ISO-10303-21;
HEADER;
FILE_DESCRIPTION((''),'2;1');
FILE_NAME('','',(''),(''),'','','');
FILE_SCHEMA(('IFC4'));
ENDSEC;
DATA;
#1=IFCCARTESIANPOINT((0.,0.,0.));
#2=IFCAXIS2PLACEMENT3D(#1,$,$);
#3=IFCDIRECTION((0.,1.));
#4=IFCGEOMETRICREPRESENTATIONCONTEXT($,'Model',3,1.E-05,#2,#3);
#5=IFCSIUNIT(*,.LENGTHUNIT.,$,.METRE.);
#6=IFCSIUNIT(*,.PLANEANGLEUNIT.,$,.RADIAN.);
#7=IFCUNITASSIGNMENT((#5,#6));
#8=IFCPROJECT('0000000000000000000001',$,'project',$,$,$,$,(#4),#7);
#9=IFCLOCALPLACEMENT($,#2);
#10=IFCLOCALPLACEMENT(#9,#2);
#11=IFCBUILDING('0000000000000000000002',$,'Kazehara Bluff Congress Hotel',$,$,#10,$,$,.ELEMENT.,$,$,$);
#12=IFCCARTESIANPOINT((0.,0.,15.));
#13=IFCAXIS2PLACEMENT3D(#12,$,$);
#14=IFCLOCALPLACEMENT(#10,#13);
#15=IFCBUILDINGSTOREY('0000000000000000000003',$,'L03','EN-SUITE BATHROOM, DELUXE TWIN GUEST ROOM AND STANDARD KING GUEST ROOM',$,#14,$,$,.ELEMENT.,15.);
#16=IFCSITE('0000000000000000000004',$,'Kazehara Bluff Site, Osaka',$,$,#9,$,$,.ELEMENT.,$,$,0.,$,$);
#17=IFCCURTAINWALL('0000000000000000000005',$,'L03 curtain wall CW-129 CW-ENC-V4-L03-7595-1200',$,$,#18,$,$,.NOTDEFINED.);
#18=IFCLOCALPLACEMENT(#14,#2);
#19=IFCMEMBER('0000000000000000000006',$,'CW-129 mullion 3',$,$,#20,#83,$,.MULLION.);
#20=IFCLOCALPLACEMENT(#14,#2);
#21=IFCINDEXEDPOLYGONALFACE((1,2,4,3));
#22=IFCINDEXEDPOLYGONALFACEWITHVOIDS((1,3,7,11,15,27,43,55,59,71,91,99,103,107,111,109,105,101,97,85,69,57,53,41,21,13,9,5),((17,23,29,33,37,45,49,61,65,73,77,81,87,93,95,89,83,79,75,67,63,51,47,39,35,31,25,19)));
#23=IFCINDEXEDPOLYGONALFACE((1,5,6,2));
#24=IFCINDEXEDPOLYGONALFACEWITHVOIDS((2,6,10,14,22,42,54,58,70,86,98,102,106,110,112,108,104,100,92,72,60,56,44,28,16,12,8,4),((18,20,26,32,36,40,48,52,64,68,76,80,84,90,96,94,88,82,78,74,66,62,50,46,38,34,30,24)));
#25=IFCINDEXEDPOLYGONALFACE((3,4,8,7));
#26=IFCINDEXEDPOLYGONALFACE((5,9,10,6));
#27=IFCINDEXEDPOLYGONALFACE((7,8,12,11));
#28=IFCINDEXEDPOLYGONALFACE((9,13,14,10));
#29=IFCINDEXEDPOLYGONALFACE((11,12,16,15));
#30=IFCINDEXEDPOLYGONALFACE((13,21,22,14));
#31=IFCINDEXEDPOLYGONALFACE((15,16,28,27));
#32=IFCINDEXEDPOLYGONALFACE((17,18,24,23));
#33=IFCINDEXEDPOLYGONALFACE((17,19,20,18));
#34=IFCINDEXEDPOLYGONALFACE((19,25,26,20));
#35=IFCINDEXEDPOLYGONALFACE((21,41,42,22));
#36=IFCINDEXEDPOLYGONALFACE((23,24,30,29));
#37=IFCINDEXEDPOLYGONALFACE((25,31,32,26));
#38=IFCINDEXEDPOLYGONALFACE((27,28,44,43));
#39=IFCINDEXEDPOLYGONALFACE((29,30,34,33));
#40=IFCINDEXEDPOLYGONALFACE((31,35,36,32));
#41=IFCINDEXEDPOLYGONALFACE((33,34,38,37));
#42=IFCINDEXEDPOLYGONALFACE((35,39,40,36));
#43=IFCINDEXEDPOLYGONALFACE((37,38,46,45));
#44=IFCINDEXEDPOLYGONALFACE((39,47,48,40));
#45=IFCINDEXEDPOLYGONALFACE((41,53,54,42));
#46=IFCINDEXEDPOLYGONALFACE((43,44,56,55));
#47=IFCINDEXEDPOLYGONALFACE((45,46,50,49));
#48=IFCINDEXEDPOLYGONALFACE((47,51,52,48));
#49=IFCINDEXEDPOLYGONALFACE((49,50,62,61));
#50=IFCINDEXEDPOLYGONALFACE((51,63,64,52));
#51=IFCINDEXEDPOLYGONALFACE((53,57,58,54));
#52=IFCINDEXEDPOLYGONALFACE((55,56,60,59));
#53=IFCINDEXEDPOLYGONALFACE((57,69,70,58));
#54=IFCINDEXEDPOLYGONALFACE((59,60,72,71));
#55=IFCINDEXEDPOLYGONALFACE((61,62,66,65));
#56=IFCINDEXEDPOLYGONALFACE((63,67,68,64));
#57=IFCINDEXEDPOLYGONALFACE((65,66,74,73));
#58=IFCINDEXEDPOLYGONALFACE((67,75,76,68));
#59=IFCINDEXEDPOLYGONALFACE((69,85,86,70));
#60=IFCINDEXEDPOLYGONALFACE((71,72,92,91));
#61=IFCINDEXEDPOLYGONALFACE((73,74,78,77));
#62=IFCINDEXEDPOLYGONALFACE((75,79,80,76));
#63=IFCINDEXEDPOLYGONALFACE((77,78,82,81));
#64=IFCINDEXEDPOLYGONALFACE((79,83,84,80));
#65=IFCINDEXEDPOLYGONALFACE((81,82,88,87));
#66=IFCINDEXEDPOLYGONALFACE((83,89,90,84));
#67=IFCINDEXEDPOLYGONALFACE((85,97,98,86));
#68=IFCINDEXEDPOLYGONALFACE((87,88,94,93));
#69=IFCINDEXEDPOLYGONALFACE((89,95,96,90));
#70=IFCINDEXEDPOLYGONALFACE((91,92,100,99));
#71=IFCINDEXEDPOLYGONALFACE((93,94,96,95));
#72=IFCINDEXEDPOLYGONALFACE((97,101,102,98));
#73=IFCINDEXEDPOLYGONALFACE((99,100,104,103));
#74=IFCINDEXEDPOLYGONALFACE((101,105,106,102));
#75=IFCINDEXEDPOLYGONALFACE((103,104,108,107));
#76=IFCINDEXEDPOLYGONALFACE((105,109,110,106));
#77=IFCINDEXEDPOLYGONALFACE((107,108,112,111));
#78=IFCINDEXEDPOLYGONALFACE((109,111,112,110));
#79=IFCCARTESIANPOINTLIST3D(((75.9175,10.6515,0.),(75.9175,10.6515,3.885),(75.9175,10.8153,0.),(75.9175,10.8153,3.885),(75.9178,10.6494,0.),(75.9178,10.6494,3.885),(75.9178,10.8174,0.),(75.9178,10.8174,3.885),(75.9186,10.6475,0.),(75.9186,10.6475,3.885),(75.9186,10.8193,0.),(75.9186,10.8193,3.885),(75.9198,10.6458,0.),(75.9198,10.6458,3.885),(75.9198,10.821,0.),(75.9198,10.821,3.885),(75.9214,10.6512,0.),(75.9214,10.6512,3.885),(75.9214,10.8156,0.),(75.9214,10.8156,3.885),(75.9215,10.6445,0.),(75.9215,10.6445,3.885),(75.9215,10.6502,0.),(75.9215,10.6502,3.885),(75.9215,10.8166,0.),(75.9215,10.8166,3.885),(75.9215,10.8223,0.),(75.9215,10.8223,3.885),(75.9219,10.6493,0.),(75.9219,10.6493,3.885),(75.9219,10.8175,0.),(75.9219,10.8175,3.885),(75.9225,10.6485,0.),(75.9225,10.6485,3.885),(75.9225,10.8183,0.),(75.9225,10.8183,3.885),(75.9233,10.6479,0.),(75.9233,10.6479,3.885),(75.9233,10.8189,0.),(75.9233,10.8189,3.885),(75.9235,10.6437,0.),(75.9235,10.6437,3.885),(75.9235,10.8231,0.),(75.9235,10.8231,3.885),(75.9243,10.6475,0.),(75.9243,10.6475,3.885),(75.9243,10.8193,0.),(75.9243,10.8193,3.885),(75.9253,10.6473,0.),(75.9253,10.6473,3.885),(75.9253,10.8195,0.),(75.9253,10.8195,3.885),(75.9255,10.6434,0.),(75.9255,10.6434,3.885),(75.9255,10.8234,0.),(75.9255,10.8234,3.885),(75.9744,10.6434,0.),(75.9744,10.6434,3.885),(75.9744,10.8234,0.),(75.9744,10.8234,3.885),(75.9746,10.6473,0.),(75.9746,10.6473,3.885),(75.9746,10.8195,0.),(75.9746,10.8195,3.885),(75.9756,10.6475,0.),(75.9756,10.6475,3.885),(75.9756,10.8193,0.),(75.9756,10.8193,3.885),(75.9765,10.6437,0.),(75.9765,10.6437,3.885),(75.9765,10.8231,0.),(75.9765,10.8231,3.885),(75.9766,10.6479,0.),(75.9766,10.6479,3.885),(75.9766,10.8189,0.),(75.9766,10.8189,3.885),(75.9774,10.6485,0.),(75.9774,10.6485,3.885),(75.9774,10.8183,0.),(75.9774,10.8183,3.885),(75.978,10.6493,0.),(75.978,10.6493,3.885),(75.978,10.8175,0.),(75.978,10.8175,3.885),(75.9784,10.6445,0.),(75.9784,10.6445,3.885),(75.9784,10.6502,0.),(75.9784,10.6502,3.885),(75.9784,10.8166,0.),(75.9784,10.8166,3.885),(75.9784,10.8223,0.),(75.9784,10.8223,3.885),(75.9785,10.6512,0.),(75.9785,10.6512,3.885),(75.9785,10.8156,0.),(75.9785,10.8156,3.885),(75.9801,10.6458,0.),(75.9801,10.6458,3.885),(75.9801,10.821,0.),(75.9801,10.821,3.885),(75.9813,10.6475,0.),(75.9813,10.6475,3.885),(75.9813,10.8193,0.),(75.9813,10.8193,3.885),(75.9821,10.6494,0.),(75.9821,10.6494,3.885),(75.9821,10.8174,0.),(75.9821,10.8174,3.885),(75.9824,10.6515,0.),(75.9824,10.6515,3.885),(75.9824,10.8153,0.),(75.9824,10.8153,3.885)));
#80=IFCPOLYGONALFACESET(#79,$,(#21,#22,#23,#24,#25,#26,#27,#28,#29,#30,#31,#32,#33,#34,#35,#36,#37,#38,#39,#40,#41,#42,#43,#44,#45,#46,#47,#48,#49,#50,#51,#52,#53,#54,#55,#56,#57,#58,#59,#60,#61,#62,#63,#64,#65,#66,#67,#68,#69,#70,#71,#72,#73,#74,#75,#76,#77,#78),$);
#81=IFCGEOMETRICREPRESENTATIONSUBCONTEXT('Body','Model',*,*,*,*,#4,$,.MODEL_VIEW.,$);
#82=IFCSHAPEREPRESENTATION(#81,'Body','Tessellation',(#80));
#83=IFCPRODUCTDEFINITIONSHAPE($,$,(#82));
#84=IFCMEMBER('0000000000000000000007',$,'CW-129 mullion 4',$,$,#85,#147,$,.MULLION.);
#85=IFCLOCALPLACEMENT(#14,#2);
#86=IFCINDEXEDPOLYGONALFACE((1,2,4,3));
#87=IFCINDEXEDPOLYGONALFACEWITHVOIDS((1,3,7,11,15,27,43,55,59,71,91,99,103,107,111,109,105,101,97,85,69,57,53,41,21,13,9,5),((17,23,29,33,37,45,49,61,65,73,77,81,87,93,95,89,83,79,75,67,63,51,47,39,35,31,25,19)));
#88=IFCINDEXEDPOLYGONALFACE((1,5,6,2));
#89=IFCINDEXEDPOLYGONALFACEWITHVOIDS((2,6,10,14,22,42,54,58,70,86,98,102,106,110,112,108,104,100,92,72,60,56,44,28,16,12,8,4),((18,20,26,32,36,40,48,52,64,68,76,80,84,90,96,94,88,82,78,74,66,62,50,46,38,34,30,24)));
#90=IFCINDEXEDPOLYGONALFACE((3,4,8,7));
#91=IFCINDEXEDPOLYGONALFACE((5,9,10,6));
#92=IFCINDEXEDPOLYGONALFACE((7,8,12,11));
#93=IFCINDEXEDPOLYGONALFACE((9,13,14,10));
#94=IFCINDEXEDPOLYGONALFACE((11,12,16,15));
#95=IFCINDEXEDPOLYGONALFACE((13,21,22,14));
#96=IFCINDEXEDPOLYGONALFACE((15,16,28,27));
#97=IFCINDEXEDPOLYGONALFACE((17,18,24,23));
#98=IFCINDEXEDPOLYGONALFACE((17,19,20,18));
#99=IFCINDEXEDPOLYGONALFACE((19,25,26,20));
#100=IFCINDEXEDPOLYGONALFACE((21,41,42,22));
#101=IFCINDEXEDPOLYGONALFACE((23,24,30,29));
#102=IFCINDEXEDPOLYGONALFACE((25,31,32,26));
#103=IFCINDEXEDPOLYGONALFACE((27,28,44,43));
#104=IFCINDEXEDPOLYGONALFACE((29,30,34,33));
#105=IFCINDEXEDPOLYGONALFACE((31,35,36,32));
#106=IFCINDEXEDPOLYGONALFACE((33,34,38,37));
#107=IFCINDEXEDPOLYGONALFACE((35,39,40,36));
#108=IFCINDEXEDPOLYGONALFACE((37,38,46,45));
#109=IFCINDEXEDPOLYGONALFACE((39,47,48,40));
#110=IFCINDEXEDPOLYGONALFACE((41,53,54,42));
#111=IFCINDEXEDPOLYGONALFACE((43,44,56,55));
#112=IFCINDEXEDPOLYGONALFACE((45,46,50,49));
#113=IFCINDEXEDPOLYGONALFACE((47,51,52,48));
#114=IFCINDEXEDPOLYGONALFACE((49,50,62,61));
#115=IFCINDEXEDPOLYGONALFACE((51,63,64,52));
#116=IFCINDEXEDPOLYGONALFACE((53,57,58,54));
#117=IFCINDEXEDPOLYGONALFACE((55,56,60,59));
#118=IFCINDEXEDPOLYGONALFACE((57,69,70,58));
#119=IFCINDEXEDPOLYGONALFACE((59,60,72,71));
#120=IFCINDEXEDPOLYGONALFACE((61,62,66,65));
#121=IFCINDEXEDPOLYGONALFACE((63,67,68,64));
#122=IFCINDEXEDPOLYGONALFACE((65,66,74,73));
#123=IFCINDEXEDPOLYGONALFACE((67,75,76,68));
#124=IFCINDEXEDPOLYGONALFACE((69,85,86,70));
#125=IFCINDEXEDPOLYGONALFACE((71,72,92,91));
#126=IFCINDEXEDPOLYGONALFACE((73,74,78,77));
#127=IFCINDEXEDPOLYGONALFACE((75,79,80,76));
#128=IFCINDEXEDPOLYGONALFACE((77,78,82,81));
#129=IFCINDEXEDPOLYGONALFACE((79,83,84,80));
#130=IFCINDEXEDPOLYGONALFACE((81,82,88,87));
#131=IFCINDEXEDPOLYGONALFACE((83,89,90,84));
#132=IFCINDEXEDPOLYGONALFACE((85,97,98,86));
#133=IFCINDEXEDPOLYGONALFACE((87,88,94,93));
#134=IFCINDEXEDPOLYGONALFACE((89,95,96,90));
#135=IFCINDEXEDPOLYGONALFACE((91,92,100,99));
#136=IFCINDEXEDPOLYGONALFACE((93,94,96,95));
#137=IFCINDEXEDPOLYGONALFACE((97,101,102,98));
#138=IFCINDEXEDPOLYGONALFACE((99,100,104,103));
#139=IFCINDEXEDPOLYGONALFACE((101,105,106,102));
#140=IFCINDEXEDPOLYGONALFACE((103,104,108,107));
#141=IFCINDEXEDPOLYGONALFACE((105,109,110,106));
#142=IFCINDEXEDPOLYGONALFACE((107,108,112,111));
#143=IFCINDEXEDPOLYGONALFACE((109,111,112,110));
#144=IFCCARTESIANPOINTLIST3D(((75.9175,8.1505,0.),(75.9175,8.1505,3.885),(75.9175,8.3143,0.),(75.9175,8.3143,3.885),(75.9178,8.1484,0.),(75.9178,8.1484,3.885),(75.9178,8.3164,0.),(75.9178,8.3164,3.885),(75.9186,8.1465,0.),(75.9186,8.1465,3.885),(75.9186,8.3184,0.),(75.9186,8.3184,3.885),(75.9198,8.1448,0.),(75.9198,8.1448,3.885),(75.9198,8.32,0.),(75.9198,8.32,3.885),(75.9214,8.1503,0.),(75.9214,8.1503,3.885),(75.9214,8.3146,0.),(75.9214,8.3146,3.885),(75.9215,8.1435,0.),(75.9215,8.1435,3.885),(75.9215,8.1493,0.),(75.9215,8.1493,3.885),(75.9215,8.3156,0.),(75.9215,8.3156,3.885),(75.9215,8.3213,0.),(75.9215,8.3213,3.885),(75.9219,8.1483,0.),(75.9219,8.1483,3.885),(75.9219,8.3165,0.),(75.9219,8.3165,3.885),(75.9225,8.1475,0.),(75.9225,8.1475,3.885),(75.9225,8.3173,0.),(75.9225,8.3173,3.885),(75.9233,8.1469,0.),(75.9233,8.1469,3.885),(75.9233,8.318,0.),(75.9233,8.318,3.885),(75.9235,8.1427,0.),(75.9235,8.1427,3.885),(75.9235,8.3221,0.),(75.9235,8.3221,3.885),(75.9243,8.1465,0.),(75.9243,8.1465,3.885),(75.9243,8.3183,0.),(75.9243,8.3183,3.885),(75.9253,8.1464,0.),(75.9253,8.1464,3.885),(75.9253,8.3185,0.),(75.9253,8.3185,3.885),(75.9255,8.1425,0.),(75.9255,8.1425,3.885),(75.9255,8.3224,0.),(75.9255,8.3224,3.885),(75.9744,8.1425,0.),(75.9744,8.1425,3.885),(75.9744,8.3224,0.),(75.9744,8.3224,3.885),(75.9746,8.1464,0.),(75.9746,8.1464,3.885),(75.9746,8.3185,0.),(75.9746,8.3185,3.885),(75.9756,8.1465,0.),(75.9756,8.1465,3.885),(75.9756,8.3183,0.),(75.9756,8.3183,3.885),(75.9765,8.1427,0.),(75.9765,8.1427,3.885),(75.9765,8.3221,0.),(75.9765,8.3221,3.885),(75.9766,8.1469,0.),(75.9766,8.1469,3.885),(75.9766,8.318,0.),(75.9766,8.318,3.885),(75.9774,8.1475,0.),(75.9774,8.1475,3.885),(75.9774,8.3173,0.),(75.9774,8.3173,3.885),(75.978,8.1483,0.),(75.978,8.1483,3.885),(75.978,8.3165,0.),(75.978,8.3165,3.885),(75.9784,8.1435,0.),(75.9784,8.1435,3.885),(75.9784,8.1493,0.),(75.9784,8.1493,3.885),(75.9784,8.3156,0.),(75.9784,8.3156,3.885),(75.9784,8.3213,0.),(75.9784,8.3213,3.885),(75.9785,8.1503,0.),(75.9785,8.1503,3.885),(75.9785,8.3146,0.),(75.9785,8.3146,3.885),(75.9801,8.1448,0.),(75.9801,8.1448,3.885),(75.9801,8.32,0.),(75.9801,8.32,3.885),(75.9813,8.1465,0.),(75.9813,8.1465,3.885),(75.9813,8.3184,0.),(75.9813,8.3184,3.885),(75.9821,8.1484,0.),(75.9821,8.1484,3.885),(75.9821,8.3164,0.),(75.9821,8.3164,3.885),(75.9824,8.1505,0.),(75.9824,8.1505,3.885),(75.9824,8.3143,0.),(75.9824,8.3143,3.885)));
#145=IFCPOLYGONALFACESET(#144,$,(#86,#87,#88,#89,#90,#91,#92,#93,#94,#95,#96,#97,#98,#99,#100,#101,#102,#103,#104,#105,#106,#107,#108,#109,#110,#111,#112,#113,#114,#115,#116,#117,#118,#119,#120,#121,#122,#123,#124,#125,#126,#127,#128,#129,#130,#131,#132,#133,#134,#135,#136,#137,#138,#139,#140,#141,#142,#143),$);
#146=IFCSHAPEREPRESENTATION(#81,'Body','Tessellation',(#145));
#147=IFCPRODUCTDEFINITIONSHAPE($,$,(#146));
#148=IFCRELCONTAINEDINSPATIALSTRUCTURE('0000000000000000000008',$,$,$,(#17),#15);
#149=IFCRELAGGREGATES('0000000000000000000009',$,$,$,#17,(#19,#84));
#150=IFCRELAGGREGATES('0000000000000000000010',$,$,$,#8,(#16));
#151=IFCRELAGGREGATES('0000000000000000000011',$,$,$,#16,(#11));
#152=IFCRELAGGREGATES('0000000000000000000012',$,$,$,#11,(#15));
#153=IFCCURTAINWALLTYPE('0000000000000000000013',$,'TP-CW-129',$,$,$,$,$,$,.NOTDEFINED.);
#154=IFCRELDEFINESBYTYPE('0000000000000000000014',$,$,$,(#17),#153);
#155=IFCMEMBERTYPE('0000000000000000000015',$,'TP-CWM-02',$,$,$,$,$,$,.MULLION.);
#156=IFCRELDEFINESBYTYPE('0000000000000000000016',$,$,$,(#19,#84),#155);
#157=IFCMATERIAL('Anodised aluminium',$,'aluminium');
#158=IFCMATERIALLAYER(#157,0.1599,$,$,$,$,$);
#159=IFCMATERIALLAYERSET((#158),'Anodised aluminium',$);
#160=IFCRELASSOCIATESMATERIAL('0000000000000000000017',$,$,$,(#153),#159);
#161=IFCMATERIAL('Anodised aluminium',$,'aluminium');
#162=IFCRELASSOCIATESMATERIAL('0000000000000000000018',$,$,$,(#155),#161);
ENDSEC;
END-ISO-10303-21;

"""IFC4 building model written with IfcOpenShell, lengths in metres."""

from ifc_helpers import new_model, si_unit, direction, frame, origin, origin_2d, place, context, subcontext, project, spatial, hollow_rectangle, extrude, material, layer, layer_set, material_profile, profile_set, type_object, element, aggregate, save


model = new_model("IFC4")

# Units and contexts
model_context = context("Model", 3, precision=1e-05, world=origin(), true_north=direction((0.0, 1.0)))
body_context = subcontext(model_context, "Body", "Model", "MODEL_VIEW")
ifc_project = project(units=[si_unit("LENGTHUNIT", "METRE"), si_unit("PLANEANGLEUNIT", "RADIAN")], contexts=[model_context])

# Site, building, storey
site_placement = place(None, origin())
site = spatial("IfcSite", under=ifc_project, at=site_placement, Name="Kazehara Bluff Site, Osaka", CompositionType="ELEMENT", RefElevation=0.0)
building_placement = place(site_placement, origin())
building = spatial("IfcBuilding", under=site, at=building_placement, Name="Kazehara Bluff Congress Hotel", CompositionType="ELEMENT")
storey_placement = place(building_placement, frame((0.0, 0.0, 15.0)))
storey = spatial("IfcBuildingStorey", under=building, at=storey_placement, Name="L03", Description="EN-SUITE BATHROOM, DELUXE TWIN GUEST ROOM AND STANDARD KING GUEST ROOM", CompositionType="ELEMENT", Elevation=15.0)

# Curtain wall, members
ifc_material_1 = material(Name="Anodised aluminium", Category="aluminium")
ifc_layer_1 = layer(ifc_material_1, 0.1599)
ifc_layer_set_1 = layer_set([ifc_layer_1], Name="Anodised aluminium")
curtain_wall_type = type_object("IfcCurtainWallType", Name="TP-CW-129", PredefinedType="NOTDEFINED", material=ifc_layer_set_1)
curtain_wall_placement = place(storey_placement, origin())
curtain_wall = element("IfcCurtainWall", 1, at=curtain_wall_placement, inside=storey, type_object=curtain_wall_type, Name="L03 curtain wall CW-129 CW-ENC-V4-L03-7595-1200", PredefinedType="NOTDEFINED")
ifc_material_2 = material(Name="Anodised aluminium", Category="aluminium")
ifc_material_profile_1 = material_profile(ifc_material_2, hollow_rectangle(XDim=0.0649, YDim=0.1799, WallThickness=0.0039, InnerFilletRadius=0.0039, OuterFilletRadius=0.0081, at=origin_2d()))
ifc_profile_set_1 = profile_set([ifc_material_profile_1], Name="Anodised aluminium")
member_type_1 = type_object("IfcMemberType", Name="TP-CWM-02", PredefinedType="MULLION", material=ifc_profile_set_1)
member_1_placement = place(storey_placement, frame((75.95, 10.7334, 0.0), z_axis=(0.0, 0.0, 1.0), x_axis=(1.0, 0.0, 0.0)))
member_1 = element("IfcMember", 2, at=member_1_placement, type_object=member_type_1, Name="CW-129 mullion 3", PredefinedType="MULLION", context=body_context, shape_type="SweptSolid", body=[
    extrude(hollow_rectangle(XDim=0.0649, YDim=0.1799, WallThickness=0.0039, InnerFilletRadius=0.0039, OuterFilletRadius=0.0081, at=origin_2d()), origin(), (0.0, 0.0, 1.0), 3.885),
])
member_2_placement = place(storey_placement, frame((75.95, 8.2324, 0.0), z_axis=(0.0, 0.0, 1.0), x_axis=(1.0, 0.0, 0.0)))
member_2 = element("IfcMember", 3, at=member_2_placement, type_object=member_type_1, Name="CW-129 mullion 4", PredefinedType="MULLION", context=body_context, shape_type="SweptSolid", body=[
    extrude(hollow_rectangle(XDim=0.0649, YDim=0.1799, WallThickness=0.0039, InnerFilletRadius=0.0039, OuterFilletRadius=0.0081, at=origin_2d()), origin(), (0.0, 0.0, 1.0), 3.885),
])

aggregate(curtain_wall, [member_1, member_2])

save(model, "model.ifc")
